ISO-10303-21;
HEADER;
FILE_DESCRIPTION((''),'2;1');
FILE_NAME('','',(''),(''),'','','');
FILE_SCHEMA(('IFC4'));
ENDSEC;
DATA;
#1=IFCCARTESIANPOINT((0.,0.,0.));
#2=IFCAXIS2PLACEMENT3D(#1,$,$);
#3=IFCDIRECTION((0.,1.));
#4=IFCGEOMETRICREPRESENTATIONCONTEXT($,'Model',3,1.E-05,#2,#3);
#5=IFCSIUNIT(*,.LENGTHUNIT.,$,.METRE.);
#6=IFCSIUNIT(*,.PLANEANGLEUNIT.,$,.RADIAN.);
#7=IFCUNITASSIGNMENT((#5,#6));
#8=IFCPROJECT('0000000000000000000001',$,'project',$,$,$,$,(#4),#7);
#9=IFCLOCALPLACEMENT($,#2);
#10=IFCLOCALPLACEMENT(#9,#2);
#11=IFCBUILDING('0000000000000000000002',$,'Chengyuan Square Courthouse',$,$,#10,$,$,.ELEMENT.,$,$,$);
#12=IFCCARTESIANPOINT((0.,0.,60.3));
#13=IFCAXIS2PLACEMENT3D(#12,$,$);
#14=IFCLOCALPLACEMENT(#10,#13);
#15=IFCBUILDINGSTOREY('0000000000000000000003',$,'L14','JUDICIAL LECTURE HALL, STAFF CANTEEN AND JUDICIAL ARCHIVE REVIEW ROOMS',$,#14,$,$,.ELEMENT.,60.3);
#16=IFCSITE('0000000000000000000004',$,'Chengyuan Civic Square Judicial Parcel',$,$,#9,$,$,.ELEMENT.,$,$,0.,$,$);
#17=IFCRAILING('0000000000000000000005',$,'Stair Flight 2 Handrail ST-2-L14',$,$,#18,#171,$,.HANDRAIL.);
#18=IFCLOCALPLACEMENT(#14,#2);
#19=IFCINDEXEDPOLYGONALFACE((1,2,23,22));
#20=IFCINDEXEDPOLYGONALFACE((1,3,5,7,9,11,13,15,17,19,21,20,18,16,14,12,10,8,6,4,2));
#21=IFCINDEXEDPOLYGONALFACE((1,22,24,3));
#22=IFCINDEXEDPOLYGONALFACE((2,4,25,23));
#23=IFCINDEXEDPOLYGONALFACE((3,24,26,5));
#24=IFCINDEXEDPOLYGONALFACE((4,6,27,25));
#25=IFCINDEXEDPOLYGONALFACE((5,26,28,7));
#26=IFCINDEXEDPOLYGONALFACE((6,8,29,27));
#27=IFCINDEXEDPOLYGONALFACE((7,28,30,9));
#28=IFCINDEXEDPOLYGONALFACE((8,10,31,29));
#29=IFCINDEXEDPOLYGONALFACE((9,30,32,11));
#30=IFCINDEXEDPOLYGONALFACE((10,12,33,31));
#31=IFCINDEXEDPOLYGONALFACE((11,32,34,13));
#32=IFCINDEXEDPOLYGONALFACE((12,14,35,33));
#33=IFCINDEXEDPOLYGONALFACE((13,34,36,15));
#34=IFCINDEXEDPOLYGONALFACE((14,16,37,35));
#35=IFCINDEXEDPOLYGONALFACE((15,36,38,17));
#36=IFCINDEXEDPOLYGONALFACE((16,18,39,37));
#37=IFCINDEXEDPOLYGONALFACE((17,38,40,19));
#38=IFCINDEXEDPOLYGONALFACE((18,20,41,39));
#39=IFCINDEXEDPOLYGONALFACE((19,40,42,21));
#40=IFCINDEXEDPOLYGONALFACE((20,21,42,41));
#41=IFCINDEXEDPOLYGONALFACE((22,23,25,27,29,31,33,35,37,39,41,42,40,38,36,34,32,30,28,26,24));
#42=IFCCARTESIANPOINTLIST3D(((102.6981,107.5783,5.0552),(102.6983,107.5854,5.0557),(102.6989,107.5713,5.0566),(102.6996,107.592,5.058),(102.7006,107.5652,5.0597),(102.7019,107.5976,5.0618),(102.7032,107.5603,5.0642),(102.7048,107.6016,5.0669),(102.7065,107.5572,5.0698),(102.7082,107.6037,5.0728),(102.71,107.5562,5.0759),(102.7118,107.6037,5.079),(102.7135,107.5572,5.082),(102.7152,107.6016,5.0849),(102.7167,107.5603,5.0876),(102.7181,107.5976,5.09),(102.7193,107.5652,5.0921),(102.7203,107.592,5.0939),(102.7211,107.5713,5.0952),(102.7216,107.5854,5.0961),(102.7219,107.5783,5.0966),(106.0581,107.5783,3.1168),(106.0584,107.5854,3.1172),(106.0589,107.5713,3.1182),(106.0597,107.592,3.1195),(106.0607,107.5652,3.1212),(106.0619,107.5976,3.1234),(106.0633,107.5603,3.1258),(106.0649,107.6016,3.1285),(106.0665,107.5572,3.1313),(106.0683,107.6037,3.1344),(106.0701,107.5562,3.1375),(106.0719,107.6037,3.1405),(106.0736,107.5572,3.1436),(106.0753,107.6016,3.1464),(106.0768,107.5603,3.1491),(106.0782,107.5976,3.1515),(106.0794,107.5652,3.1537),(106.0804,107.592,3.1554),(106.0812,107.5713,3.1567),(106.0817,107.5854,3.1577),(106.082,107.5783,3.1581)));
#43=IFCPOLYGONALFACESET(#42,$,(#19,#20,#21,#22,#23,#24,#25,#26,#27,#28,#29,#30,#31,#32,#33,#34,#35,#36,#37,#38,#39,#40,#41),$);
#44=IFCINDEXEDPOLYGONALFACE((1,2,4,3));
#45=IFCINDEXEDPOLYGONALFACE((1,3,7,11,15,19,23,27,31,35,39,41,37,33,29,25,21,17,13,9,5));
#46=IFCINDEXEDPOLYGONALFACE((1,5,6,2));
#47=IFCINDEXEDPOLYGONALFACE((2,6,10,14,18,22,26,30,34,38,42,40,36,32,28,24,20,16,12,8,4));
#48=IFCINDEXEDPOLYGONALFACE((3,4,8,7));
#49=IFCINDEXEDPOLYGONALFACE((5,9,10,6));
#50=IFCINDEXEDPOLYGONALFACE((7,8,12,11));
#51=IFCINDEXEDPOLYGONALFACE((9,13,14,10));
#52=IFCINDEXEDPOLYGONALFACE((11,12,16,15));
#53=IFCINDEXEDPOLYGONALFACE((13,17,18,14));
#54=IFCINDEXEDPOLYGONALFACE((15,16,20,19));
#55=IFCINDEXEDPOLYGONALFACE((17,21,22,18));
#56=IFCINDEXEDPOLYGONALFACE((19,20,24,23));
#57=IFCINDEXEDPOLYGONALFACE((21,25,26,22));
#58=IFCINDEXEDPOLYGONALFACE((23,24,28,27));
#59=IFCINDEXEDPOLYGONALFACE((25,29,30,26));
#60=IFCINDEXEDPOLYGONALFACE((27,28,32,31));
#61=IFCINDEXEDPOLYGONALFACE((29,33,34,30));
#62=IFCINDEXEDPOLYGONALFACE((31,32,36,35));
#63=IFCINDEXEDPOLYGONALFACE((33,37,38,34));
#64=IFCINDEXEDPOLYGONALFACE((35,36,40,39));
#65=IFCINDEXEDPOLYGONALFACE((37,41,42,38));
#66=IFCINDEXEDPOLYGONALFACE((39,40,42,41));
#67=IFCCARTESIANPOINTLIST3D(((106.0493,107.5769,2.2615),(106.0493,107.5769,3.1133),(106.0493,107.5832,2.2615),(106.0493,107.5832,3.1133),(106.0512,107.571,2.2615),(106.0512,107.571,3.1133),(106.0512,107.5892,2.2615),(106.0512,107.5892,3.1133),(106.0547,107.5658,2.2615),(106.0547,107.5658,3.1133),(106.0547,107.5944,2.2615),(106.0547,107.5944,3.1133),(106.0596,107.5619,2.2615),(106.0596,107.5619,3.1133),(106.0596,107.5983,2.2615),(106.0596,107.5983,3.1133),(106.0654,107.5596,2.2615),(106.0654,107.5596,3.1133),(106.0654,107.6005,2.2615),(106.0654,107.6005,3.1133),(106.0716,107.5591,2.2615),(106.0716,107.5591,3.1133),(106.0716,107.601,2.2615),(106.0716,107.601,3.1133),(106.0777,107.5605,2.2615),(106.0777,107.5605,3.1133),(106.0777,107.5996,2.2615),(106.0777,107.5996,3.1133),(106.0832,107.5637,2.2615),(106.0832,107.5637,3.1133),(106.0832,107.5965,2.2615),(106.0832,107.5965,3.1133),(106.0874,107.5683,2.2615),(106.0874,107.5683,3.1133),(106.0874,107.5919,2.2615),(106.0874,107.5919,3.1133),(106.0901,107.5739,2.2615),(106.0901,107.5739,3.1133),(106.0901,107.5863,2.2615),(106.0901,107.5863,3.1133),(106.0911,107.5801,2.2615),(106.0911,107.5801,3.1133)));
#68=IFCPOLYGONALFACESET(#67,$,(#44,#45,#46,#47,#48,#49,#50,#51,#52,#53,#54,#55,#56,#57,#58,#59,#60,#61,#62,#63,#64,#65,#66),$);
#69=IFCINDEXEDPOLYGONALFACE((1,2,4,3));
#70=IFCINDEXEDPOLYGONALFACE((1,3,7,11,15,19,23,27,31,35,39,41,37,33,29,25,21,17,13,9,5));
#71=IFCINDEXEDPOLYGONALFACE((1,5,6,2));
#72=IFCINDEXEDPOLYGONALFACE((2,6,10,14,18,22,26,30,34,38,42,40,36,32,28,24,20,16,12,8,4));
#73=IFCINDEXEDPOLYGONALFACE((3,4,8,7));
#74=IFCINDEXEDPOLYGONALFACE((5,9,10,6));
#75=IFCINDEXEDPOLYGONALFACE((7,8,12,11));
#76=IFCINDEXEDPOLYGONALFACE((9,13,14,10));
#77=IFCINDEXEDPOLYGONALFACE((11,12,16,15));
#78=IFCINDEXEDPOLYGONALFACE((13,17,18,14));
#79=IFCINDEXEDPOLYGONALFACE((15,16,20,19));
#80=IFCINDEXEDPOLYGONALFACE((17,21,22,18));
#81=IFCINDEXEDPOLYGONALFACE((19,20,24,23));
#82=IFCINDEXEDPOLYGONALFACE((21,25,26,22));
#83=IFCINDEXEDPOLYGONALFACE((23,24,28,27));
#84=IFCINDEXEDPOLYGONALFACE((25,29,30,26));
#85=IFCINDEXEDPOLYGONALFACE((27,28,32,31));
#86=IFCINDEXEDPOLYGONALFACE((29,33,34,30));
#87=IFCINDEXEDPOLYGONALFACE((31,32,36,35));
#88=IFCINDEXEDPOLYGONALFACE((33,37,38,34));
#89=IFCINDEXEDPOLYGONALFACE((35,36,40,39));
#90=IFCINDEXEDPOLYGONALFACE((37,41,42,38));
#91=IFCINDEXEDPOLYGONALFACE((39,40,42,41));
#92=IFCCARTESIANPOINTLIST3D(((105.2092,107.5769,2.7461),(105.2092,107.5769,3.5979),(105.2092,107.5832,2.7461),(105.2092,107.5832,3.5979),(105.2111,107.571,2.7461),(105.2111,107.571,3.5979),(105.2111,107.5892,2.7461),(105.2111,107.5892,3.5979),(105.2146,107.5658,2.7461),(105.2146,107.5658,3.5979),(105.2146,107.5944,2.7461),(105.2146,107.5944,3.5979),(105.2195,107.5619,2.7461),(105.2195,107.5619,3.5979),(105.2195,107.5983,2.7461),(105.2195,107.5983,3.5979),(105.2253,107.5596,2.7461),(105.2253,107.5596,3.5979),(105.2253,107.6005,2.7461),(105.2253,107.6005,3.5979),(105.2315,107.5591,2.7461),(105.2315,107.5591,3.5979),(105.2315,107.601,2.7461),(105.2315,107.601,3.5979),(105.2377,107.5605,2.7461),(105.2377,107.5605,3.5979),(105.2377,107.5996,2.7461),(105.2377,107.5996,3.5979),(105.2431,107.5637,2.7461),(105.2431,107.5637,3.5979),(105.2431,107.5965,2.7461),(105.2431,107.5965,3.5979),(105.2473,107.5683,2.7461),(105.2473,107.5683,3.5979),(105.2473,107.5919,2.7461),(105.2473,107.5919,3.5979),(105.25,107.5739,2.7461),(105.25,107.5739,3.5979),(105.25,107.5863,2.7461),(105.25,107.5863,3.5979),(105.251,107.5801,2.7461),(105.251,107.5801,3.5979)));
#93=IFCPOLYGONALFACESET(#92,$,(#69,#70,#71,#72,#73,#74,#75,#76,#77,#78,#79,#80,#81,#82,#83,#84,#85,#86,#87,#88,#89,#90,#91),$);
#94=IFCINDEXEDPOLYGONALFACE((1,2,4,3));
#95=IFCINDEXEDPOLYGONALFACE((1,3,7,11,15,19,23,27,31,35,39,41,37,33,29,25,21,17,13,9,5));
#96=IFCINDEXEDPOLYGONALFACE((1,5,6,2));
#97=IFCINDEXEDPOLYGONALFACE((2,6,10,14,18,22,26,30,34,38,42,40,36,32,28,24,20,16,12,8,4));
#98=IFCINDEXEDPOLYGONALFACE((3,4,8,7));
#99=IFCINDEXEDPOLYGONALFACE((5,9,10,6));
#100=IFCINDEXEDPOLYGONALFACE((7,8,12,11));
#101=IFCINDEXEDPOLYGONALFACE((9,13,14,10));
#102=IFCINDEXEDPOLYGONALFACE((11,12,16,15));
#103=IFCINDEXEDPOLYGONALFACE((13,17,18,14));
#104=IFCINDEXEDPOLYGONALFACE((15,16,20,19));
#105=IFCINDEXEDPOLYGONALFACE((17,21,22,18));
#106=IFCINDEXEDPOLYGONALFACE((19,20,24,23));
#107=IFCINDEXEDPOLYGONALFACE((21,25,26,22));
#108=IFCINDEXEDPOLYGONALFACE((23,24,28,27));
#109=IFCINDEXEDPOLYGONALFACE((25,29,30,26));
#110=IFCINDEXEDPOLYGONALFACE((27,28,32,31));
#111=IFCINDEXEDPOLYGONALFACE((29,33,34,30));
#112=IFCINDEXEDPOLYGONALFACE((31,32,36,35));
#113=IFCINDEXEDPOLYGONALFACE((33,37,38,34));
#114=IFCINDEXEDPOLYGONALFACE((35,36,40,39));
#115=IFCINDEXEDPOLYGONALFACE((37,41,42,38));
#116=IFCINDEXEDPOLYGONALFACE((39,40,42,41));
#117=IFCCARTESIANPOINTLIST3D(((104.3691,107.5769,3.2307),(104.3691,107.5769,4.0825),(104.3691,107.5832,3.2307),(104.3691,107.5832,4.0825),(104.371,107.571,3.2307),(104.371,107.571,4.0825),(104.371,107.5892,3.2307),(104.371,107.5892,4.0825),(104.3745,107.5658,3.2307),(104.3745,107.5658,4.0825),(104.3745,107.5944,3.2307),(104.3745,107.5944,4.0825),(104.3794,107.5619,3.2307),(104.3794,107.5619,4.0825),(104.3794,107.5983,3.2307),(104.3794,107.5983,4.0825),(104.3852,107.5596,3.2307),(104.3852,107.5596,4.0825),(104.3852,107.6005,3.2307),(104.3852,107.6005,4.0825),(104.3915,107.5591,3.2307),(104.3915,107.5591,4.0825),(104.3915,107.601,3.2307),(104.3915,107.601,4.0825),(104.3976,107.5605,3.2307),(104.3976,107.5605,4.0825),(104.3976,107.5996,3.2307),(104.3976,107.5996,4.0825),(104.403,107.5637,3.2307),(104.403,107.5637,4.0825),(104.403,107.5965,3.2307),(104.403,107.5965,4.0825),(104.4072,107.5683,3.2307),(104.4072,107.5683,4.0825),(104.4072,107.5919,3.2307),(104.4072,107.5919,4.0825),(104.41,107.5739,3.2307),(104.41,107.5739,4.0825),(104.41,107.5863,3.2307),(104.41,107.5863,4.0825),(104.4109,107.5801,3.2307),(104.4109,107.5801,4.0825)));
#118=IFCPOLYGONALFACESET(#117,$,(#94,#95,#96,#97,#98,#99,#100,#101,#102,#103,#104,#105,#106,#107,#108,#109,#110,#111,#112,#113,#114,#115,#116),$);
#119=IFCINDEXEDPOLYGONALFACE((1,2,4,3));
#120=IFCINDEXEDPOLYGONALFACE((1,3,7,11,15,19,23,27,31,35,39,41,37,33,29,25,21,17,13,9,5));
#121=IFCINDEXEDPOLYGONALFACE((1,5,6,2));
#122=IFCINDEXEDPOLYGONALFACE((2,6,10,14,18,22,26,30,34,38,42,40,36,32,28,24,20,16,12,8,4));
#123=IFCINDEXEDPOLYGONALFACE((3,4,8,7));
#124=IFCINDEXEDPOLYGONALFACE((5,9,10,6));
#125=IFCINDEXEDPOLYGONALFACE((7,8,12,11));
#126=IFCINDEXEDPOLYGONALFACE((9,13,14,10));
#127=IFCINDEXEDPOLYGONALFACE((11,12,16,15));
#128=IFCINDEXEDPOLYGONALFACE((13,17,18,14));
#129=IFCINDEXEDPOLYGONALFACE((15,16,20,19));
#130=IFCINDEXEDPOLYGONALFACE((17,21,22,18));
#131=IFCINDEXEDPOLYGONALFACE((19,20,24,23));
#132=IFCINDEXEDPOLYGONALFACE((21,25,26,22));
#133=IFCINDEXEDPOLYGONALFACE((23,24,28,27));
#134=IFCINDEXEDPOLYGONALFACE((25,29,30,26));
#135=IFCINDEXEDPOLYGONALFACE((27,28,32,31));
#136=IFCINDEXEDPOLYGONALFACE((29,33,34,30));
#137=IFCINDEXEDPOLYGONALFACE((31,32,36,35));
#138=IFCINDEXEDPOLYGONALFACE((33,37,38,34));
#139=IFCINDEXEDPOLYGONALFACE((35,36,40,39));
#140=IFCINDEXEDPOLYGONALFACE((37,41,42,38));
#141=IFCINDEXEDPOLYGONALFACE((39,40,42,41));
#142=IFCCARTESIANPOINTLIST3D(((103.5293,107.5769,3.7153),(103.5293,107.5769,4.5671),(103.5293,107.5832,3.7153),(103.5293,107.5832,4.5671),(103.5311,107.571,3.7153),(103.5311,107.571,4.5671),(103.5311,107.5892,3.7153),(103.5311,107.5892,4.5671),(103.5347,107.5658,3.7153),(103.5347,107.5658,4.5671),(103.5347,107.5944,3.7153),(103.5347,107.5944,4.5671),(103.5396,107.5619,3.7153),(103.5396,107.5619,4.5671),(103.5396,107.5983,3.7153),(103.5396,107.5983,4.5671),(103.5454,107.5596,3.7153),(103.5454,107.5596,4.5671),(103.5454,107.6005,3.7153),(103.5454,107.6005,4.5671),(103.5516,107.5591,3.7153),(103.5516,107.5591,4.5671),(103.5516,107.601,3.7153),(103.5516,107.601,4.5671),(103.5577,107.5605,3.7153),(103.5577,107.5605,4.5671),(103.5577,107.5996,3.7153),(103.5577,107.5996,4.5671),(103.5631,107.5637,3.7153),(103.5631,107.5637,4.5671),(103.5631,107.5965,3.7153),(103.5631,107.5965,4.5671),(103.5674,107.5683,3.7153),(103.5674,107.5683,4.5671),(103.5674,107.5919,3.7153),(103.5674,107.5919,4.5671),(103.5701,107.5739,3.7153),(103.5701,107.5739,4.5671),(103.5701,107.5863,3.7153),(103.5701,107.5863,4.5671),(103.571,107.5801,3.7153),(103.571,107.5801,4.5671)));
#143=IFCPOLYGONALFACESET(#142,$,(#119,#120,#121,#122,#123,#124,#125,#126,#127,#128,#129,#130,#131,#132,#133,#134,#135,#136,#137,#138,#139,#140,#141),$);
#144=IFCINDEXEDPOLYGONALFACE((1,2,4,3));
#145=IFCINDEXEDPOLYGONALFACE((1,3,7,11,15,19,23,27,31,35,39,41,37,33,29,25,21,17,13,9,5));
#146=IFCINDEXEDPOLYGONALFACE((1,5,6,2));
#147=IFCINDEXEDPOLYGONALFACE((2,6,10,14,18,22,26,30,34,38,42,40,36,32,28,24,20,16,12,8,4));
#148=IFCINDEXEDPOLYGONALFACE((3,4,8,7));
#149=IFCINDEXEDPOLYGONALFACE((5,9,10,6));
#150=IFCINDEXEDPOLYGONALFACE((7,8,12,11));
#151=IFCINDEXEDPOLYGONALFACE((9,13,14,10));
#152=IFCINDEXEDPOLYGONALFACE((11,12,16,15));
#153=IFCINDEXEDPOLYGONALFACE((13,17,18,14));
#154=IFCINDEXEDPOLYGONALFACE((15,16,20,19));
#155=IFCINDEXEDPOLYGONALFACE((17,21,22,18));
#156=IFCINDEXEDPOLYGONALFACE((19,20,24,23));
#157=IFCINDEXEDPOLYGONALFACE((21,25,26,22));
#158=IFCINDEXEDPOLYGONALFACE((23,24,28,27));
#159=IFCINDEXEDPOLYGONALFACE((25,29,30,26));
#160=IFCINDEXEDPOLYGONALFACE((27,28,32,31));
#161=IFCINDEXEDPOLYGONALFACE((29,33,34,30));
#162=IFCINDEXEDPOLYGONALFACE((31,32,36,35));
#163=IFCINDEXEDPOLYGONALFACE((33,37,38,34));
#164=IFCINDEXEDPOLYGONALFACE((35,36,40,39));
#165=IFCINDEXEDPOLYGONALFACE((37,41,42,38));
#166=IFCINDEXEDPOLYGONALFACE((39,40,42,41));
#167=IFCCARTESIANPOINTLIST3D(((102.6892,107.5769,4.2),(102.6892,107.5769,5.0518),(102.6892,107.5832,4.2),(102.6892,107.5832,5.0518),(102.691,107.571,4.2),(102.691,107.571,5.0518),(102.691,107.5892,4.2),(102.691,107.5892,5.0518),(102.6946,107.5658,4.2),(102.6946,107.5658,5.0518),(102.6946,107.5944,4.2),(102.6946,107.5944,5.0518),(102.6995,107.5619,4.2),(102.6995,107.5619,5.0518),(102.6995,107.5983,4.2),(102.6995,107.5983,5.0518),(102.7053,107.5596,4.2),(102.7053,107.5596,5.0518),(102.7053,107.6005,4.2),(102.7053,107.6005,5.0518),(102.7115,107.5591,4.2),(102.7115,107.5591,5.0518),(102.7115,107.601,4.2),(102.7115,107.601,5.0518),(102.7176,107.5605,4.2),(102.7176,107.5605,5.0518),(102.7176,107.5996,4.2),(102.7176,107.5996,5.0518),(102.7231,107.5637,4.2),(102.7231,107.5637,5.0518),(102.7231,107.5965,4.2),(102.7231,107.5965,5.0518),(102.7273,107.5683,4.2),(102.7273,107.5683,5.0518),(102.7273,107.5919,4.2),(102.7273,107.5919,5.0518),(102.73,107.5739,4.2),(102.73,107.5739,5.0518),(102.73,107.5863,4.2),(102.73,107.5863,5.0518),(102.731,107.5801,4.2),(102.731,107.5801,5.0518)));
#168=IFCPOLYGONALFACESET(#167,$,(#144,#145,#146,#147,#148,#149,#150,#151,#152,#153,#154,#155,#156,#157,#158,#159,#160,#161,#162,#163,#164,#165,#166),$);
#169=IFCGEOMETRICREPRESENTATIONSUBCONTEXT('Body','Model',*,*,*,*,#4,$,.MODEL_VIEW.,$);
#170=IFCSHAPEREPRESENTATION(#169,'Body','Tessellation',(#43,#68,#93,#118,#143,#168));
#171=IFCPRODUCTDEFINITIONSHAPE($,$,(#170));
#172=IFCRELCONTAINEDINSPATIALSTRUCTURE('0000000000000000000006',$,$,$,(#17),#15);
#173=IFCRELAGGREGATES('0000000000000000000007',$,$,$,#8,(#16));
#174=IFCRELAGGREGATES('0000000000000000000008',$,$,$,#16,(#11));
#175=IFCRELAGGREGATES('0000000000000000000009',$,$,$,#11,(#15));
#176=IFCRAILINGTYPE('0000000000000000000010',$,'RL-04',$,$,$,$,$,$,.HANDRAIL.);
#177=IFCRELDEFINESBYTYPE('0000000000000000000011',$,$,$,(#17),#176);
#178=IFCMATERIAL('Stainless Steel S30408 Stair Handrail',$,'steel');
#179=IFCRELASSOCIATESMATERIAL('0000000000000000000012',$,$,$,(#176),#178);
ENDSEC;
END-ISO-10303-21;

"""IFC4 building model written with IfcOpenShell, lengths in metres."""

from ifc_helpers import new_model, si_unit, direction, frame, origin, origin_2d, place, context, subcontext, project, spatial, circle, extrude, material, type_object, element, save


model = new_model("IFC4")

# Units and contexts
model_context = context("Model", 3, precision=1e-05, world=origin(), true_north=direction((0.0, 1.0)))
body_context = subcontext(model_context, "Body", "Model", "MODEL_VIEW")
ifc_project = project(units=[si_unit("LENGTHUNIT", "METRE"), si_unit("PLANEANGLEUNIT", "RADIAN")], contexts=[model_context])

# Site, building, storey
site_placement = place(None, origin())
site = spatial("IfcSite", under=ifc_project, at=site_placement, Name="Chengyuan Civic Square Judicial Parcel", CompositionType="ELEMENT", RefElevation=0.0)
building_placement = place(site_placement, origin())
building = spatial("IfcBuilding", under=site, at=building_placement, Name="Chengyuan Square Courthouse", CompositionType="ELEMENT")
storey_placement = place(building_placement, frame((0.0, 0.0, 60.3)))
storey = spatial("IfcBuildingStorey", under=building, at=storey_placement, Name="L14", Description="JUDICIAL LECTURE HALL, STAFF CANTEEN AND JUDICIAL ARCHIVE REVIEW ROOMS", CompositionType="ELEMENT", Elevation=60.3)

# Railing
ifc_material_1 = material(Name="Stainless Steel S30408 Stair Handrail", Category="steel")
railing_type_1 = type_object("IfcRailingType", Name="RL-04", PredefinedType="HANDRAIL", material=ifc_material_1)
for number, where, name in (
    (1, (106.0701, 107.5801, 2.2615), "Stair Flight 2 Handrail ST-2-L14"),
):
    element("IfcRailing", number, at=place(storey_placement, frame(where)), inside=storey, type_object=railing_type_1, Name=name, PredefinedType="HANDRAIL", context=body_context, shape_type="SweptSolid", body=[
        extrude(circle(Radius=0.0239, at=origin_2d()), frame((0.0, 0.0, 0.876), z_axis=(-0.866191, 0.0, 0.499713), x_axis=(0.0, -1.0, 0.0)), (0.0, 0.0, 1.0), 3.8792),
        extrude(circle(Radius=0.021, at=origin_2d()), origin(), (0.0, 0.0, 1.0), 0.8518),
        extrude(circle(Radius=0.021, at=origin_2d()), frame((-0.8401, 0.0, 0.4846)), (0.0, 0.0, 1.0), 0.8518),
        extrude(circle(Radius=0.021, at=origin_2d()), frame((-1.6802, 0.0, 0.9692)), (0.0, 0.0, 1.0), 0.8518),
        extrude(circle(Radius=0.021, at=origin_2d()), frame((-2.52, 0.0, 1.4539)), (0.0, 0.0, 1.0), 0.8518),
        extrude(circle(Radius=0.021, at=origin_2d()), frame((-3.3601, 0.0, 1.9385)), (0.0, 0.0, 1.0), 0.8518),
    ])

save(model, "model.ifc")
